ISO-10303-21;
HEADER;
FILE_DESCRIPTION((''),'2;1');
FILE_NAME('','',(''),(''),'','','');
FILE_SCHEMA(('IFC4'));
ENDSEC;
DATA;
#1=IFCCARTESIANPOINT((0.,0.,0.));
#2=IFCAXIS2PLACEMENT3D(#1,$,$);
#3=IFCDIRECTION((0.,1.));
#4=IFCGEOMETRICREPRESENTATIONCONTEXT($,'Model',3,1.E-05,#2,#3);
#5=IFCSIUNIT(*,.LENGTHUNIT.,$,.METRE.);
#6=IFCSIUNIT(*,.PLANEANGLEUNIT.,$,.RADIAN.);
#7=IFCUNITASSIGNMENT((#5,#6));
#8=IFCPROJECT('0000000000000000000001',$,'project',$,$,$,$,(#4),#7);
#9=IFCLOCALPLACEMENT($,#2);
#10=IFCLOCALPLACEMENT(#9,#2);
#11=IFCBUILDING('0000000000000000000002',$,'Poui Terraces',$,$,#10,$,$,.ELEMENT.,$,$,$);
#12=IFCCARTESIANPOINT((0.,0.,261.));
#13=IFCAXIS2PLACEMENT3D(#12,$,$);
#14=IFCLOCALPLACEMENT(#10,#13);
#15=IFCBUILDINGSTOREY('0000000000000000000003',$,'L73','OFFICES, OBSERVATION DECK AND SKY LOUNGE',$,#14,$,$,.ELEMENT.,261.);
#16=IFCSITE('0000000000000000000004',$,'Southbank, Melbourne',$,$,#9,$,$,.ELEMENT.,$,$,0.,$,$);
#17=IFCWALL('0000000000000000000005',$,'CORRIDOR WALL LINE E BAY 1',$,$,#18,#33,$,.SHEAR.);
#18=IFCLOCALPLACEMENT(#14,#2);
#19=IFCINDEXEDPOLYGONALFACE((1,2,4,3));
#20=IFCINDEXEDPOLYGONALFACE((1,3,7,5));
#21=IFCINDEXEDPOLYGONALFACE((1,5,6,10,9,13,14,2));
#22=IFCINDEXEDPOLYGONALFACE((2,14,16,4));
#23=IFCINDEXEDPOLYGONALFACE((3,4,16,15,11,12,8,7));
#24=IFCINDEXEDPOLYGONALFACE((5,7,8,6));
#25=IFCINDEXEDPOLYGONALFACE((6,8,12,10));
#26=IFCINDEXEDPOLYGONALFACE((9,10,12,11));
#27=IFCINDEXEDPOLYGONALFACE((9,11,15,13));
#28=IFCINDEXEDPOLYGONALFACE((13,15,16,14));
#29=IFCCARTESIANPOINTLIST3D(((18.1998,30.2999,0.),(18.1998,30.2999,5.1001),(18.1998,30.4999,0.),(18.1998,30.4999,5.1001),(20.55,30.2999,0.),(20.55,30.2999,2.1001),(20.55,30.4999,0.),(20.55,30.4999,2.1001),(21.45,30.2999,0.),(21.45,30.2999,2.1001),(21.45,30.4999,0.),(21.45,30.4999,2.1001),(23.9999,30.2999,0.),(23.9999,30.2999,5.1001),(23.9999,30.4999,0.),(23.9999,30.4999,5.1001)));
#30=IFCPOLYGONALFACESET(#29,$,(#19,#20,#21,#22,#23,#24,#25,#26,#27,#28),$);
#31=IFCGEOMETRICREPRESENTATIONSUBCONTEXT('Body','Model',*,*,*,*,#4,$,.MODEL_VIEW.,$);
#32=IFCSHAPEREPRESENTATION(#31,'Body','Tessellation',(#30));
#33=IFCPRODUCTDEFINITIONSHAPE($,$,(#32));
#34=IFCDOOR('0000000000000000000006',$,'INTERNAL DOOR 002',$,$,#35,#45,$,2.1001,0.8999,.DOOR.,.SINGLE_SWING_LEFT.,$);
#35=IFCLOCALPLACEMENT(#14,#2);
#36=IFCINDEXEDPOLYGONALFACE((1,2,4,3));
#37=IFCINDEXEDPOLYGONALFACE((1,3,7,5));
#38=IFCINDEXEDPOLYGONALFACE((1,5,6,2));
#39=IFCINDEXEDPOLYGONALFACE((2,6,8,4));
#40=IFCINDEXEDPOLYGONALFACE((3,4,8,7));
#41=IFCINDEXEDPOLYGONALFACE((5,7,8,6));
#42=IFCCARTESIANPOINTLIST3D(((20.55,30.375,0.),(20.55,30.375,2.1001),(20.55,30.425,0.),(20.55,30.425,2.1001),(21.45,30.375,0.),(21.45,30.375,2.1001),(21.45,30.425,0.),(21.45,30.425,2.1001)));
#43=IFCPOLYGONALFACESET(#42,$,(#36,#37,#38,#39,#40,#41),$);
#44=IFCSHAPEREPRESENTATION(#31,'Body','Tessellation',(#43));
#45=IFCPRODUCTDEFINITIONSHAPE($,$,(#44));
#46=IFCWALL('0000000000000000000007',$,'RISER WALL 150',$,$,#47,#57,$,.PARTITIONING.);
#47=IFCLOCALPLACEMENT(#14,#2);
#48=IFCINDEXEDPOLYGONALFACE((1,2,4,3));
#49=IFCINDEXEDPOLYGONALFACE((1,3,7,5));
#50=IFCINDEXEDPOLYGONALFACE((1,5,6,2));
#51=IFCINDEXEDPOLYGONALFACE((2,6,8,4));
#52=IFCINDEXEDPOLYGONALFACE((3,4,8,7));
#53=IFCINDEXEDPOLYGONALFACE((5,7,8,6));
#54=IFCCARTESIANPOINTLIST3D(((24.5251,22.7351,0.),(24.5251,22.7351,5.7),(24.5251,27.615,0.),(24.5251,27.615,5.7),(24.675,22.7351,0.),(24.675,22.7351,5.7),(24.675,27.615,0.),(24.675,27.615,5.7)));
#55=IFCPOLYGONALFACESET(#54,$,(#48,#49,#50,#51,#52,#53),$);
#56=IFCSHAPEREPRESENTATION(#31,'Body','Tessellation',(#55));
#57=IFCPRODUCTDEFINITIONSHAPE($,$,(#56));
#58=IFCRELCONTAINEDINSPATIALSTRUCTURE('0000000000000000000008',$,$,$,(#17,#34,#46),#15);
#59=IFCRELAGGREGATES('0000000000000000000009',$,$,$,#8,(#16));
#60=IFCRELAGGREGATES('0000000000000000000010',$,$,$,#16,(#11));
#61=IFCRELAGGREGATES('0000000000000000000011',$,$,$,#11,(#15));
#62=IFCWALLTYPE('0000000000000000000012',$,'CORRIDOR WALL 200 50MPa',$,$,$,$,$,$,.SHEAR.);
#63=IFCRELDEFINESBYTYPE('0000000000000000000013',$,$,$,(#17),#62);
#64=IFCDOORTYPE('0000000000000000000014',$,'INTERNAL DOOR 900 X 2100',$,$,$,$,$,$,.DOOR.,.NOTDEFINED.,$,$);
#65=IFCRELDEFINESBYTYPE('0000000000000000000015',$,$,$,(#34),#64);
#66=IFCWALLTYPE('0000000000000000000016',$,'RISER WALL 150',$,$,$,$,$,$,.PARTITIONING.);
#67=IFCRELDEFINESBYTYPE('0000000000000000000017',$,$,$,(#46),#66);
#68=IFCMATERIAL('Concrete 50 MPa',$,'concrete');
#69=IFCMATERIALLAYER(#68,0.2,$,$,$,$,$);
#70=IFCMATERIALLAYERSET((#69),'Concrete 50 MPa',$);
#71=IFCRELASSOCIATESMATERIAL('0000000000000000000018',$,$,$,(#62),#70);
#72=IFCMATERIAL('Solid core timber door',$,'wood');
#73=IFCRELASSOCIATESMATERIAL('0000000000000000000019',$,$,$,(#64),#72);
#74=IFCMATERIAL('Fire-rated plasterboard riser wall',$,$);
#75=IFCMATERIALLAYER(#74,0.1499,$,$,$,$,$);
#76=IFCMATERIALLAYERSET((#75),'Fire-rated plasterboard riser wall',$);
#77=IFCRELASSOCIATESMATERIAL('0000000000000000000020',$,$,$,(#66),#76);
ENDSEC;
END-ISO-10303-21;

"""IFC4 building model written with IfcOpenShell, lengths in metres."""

from ifc_helpers import new_model, si_unit, direction, frame, frame_2d, origin, place, context, subcontext, project, spatial, rectangle, extrude, material, layer, layer_set, type_object, element, fill, save


model = new_model("IFC4")

# Units and contexts
model_context = context("Model", 3, precision=1e-05, world=origin(), true_north=direction((0.0, 1.0)))
body_context = subcontext(model_context, "Body", "Model", "MODEL_VIEW")
ifc_project = project(units=[si_unit("LENGTHUNIT", "METRE"), si_unit("PLANEANGLEUNIT", "RADIAN")], contexts=[model_context])

# Site, building, storey
site_placement = place(None, origin())
site = spatial("IfcSite", under=ifc_project, at=site_placement, Name="Southbank, Melbourne", CompositionType="ELEMENT", RefElevation=0.0)
building_placement = place(site_placement, origin())
building = spatial("IfcBuilding", under=site, at=building_placement, Name="Poui Terraces", CompositionType="ELEMENT")
storey_placement = place(building_placement, frame((0.0, 0.0, 261.0)))
storey = spatial("IfcBuildingStorey", under=building, at=storey_placement, Name="L73", Description="OFFICES, OBSERVATION DECK AND SKY LOUNGE", CompositionType="ELEMENT", Elevation=261.0)

# Wall, opening, door
ifc_material_1 = material(Name="Concrete 50 MPa", Category="concrete")
ifc_layer_1 = layer(ifc_material_1, 0.2)
ifc_layer_set_1 = layer_set([ifc_layer_1], Name="Concrete 50 MPa")
wall_type_1 = type_object("IfcWallType", Name="CORRIDOR WALL 200 50MPa", PredefinedType="SHEAR", material=ifc_layer_set_1)
wall_1_placement = place(storey_placement, frame((18.2, 30.3999, 0.0), z_axis=(0.0, 0.0, 1.0), x_axis=(1.0, 0.0, 0.0)))
wall_1 = element("IfcWall", 1, at=wall_1_placement, inside=storey, type_object=wall_type_1, Name="CORRIDOR WALL LINE E BAY 1", PredefinedType="SHEAR", context=body_context, shape_type="SweptSolid", body=[
    extrude(rectangle(XDim=5.8, YDim=0.2, at=frame_2d((2.8999, 0.0))), origin(), (0.0, 0.0, 1.0), 5.1001),
])
opening_1_placement = place(wall_1_placement, frame((2.3501, 0.0, 0.0)))
opening_1 = element("IfcOpeningElement", 2, at=opening_1_placement, cuts=wall_1, PredefinedType="OPENING", context=body_context, shape_type="SweptSolid", body=[
    extrude(rectangle(XDim=0.8999, YDim=2.1001, at=frame_2d((0.45, 1.05))), frame((0.0, 0.1099, 0.0), z_axis=(0.0, -1.0, 0.0), x_axis=(1.0, 0.0, 0.0)), (0.0, 0.0, 1.0), 0.22),
])
ifc_material_2 = material(Name="Solid core timber door", Category="wood")
door_type_1 = type_object("IfcDoorType", Name="INTERNAL DOOR 900 X 2100", OperationType="NOTDEFINED", PredefinedType="DOOR", material=ifc_material_2)
door_1_placement = place(opening_1_placement, frame((0.8999, 0.0, 0.0), z_axis=(0.0, 0.0, 1.0), x_axis=(-1.0, 0.0, 0.0)))
door_1 = element("IfcDoor", 3, at=door_1_placement, inside=storey, type_object=door_type_1, Name="INTERNAL DOOR 002", OperationType="SINGLE_SWING_LEFT", OverallHeight=2.1001, OverallWidth=0.8999, PredefinedType="DOOR", context=body_context, shape_type="SweptSolid", body=[
    extrude(rectangle(XDim=0.8999, YDim=2.1001, at=frame_2d((0.45, 1.05))), frame((0.0, 0.0249, 0.0), z_axis=(0.0, -1.0, 0.0), x_axis=(1.0, 0.0, 0.0)), (0.0, 0.0, 1.0), 0.05),
])
fill(opening_1, door_1)

# Wall
ifc_material_3 = material(Name="Fire-rated plasterboard riser wall")
ifc_layer_2 = layer(ifc_material_3, 0.1499)
ifc_layer_set_2 = layer_set([ifc_layer_2], Name="Fire-rated plasterboard riser wall")
wall_type_2 = type_object("IfcWallType", Name="RISER WALL 150", PredefinedType="PARTITIONING", material=ifc_layer_set_2)
wall_2_placement = place(storey_placement, frame((24.6001, 22.7351, 0.0), z_axis=(0.0, 0.0, 1.0), x_axis=(0.0, 1.0, 0.0)))
element("IfcWall", 4, at=wall_2_placement, inside=storey, type_object=wall_type_2, Name="RISER WALL 150", PredefinedType="PARTITIONING", context=body_context, shape_type="SweptSolid", body=[
    extrude(rectangle(XDim=4.8799, YDim=0.1499, at=frame_2d((2.4399, 0.0))), origin(), (0.0, 0.0, 1.0), 5.7),
])

save(model, "model.ifc")
